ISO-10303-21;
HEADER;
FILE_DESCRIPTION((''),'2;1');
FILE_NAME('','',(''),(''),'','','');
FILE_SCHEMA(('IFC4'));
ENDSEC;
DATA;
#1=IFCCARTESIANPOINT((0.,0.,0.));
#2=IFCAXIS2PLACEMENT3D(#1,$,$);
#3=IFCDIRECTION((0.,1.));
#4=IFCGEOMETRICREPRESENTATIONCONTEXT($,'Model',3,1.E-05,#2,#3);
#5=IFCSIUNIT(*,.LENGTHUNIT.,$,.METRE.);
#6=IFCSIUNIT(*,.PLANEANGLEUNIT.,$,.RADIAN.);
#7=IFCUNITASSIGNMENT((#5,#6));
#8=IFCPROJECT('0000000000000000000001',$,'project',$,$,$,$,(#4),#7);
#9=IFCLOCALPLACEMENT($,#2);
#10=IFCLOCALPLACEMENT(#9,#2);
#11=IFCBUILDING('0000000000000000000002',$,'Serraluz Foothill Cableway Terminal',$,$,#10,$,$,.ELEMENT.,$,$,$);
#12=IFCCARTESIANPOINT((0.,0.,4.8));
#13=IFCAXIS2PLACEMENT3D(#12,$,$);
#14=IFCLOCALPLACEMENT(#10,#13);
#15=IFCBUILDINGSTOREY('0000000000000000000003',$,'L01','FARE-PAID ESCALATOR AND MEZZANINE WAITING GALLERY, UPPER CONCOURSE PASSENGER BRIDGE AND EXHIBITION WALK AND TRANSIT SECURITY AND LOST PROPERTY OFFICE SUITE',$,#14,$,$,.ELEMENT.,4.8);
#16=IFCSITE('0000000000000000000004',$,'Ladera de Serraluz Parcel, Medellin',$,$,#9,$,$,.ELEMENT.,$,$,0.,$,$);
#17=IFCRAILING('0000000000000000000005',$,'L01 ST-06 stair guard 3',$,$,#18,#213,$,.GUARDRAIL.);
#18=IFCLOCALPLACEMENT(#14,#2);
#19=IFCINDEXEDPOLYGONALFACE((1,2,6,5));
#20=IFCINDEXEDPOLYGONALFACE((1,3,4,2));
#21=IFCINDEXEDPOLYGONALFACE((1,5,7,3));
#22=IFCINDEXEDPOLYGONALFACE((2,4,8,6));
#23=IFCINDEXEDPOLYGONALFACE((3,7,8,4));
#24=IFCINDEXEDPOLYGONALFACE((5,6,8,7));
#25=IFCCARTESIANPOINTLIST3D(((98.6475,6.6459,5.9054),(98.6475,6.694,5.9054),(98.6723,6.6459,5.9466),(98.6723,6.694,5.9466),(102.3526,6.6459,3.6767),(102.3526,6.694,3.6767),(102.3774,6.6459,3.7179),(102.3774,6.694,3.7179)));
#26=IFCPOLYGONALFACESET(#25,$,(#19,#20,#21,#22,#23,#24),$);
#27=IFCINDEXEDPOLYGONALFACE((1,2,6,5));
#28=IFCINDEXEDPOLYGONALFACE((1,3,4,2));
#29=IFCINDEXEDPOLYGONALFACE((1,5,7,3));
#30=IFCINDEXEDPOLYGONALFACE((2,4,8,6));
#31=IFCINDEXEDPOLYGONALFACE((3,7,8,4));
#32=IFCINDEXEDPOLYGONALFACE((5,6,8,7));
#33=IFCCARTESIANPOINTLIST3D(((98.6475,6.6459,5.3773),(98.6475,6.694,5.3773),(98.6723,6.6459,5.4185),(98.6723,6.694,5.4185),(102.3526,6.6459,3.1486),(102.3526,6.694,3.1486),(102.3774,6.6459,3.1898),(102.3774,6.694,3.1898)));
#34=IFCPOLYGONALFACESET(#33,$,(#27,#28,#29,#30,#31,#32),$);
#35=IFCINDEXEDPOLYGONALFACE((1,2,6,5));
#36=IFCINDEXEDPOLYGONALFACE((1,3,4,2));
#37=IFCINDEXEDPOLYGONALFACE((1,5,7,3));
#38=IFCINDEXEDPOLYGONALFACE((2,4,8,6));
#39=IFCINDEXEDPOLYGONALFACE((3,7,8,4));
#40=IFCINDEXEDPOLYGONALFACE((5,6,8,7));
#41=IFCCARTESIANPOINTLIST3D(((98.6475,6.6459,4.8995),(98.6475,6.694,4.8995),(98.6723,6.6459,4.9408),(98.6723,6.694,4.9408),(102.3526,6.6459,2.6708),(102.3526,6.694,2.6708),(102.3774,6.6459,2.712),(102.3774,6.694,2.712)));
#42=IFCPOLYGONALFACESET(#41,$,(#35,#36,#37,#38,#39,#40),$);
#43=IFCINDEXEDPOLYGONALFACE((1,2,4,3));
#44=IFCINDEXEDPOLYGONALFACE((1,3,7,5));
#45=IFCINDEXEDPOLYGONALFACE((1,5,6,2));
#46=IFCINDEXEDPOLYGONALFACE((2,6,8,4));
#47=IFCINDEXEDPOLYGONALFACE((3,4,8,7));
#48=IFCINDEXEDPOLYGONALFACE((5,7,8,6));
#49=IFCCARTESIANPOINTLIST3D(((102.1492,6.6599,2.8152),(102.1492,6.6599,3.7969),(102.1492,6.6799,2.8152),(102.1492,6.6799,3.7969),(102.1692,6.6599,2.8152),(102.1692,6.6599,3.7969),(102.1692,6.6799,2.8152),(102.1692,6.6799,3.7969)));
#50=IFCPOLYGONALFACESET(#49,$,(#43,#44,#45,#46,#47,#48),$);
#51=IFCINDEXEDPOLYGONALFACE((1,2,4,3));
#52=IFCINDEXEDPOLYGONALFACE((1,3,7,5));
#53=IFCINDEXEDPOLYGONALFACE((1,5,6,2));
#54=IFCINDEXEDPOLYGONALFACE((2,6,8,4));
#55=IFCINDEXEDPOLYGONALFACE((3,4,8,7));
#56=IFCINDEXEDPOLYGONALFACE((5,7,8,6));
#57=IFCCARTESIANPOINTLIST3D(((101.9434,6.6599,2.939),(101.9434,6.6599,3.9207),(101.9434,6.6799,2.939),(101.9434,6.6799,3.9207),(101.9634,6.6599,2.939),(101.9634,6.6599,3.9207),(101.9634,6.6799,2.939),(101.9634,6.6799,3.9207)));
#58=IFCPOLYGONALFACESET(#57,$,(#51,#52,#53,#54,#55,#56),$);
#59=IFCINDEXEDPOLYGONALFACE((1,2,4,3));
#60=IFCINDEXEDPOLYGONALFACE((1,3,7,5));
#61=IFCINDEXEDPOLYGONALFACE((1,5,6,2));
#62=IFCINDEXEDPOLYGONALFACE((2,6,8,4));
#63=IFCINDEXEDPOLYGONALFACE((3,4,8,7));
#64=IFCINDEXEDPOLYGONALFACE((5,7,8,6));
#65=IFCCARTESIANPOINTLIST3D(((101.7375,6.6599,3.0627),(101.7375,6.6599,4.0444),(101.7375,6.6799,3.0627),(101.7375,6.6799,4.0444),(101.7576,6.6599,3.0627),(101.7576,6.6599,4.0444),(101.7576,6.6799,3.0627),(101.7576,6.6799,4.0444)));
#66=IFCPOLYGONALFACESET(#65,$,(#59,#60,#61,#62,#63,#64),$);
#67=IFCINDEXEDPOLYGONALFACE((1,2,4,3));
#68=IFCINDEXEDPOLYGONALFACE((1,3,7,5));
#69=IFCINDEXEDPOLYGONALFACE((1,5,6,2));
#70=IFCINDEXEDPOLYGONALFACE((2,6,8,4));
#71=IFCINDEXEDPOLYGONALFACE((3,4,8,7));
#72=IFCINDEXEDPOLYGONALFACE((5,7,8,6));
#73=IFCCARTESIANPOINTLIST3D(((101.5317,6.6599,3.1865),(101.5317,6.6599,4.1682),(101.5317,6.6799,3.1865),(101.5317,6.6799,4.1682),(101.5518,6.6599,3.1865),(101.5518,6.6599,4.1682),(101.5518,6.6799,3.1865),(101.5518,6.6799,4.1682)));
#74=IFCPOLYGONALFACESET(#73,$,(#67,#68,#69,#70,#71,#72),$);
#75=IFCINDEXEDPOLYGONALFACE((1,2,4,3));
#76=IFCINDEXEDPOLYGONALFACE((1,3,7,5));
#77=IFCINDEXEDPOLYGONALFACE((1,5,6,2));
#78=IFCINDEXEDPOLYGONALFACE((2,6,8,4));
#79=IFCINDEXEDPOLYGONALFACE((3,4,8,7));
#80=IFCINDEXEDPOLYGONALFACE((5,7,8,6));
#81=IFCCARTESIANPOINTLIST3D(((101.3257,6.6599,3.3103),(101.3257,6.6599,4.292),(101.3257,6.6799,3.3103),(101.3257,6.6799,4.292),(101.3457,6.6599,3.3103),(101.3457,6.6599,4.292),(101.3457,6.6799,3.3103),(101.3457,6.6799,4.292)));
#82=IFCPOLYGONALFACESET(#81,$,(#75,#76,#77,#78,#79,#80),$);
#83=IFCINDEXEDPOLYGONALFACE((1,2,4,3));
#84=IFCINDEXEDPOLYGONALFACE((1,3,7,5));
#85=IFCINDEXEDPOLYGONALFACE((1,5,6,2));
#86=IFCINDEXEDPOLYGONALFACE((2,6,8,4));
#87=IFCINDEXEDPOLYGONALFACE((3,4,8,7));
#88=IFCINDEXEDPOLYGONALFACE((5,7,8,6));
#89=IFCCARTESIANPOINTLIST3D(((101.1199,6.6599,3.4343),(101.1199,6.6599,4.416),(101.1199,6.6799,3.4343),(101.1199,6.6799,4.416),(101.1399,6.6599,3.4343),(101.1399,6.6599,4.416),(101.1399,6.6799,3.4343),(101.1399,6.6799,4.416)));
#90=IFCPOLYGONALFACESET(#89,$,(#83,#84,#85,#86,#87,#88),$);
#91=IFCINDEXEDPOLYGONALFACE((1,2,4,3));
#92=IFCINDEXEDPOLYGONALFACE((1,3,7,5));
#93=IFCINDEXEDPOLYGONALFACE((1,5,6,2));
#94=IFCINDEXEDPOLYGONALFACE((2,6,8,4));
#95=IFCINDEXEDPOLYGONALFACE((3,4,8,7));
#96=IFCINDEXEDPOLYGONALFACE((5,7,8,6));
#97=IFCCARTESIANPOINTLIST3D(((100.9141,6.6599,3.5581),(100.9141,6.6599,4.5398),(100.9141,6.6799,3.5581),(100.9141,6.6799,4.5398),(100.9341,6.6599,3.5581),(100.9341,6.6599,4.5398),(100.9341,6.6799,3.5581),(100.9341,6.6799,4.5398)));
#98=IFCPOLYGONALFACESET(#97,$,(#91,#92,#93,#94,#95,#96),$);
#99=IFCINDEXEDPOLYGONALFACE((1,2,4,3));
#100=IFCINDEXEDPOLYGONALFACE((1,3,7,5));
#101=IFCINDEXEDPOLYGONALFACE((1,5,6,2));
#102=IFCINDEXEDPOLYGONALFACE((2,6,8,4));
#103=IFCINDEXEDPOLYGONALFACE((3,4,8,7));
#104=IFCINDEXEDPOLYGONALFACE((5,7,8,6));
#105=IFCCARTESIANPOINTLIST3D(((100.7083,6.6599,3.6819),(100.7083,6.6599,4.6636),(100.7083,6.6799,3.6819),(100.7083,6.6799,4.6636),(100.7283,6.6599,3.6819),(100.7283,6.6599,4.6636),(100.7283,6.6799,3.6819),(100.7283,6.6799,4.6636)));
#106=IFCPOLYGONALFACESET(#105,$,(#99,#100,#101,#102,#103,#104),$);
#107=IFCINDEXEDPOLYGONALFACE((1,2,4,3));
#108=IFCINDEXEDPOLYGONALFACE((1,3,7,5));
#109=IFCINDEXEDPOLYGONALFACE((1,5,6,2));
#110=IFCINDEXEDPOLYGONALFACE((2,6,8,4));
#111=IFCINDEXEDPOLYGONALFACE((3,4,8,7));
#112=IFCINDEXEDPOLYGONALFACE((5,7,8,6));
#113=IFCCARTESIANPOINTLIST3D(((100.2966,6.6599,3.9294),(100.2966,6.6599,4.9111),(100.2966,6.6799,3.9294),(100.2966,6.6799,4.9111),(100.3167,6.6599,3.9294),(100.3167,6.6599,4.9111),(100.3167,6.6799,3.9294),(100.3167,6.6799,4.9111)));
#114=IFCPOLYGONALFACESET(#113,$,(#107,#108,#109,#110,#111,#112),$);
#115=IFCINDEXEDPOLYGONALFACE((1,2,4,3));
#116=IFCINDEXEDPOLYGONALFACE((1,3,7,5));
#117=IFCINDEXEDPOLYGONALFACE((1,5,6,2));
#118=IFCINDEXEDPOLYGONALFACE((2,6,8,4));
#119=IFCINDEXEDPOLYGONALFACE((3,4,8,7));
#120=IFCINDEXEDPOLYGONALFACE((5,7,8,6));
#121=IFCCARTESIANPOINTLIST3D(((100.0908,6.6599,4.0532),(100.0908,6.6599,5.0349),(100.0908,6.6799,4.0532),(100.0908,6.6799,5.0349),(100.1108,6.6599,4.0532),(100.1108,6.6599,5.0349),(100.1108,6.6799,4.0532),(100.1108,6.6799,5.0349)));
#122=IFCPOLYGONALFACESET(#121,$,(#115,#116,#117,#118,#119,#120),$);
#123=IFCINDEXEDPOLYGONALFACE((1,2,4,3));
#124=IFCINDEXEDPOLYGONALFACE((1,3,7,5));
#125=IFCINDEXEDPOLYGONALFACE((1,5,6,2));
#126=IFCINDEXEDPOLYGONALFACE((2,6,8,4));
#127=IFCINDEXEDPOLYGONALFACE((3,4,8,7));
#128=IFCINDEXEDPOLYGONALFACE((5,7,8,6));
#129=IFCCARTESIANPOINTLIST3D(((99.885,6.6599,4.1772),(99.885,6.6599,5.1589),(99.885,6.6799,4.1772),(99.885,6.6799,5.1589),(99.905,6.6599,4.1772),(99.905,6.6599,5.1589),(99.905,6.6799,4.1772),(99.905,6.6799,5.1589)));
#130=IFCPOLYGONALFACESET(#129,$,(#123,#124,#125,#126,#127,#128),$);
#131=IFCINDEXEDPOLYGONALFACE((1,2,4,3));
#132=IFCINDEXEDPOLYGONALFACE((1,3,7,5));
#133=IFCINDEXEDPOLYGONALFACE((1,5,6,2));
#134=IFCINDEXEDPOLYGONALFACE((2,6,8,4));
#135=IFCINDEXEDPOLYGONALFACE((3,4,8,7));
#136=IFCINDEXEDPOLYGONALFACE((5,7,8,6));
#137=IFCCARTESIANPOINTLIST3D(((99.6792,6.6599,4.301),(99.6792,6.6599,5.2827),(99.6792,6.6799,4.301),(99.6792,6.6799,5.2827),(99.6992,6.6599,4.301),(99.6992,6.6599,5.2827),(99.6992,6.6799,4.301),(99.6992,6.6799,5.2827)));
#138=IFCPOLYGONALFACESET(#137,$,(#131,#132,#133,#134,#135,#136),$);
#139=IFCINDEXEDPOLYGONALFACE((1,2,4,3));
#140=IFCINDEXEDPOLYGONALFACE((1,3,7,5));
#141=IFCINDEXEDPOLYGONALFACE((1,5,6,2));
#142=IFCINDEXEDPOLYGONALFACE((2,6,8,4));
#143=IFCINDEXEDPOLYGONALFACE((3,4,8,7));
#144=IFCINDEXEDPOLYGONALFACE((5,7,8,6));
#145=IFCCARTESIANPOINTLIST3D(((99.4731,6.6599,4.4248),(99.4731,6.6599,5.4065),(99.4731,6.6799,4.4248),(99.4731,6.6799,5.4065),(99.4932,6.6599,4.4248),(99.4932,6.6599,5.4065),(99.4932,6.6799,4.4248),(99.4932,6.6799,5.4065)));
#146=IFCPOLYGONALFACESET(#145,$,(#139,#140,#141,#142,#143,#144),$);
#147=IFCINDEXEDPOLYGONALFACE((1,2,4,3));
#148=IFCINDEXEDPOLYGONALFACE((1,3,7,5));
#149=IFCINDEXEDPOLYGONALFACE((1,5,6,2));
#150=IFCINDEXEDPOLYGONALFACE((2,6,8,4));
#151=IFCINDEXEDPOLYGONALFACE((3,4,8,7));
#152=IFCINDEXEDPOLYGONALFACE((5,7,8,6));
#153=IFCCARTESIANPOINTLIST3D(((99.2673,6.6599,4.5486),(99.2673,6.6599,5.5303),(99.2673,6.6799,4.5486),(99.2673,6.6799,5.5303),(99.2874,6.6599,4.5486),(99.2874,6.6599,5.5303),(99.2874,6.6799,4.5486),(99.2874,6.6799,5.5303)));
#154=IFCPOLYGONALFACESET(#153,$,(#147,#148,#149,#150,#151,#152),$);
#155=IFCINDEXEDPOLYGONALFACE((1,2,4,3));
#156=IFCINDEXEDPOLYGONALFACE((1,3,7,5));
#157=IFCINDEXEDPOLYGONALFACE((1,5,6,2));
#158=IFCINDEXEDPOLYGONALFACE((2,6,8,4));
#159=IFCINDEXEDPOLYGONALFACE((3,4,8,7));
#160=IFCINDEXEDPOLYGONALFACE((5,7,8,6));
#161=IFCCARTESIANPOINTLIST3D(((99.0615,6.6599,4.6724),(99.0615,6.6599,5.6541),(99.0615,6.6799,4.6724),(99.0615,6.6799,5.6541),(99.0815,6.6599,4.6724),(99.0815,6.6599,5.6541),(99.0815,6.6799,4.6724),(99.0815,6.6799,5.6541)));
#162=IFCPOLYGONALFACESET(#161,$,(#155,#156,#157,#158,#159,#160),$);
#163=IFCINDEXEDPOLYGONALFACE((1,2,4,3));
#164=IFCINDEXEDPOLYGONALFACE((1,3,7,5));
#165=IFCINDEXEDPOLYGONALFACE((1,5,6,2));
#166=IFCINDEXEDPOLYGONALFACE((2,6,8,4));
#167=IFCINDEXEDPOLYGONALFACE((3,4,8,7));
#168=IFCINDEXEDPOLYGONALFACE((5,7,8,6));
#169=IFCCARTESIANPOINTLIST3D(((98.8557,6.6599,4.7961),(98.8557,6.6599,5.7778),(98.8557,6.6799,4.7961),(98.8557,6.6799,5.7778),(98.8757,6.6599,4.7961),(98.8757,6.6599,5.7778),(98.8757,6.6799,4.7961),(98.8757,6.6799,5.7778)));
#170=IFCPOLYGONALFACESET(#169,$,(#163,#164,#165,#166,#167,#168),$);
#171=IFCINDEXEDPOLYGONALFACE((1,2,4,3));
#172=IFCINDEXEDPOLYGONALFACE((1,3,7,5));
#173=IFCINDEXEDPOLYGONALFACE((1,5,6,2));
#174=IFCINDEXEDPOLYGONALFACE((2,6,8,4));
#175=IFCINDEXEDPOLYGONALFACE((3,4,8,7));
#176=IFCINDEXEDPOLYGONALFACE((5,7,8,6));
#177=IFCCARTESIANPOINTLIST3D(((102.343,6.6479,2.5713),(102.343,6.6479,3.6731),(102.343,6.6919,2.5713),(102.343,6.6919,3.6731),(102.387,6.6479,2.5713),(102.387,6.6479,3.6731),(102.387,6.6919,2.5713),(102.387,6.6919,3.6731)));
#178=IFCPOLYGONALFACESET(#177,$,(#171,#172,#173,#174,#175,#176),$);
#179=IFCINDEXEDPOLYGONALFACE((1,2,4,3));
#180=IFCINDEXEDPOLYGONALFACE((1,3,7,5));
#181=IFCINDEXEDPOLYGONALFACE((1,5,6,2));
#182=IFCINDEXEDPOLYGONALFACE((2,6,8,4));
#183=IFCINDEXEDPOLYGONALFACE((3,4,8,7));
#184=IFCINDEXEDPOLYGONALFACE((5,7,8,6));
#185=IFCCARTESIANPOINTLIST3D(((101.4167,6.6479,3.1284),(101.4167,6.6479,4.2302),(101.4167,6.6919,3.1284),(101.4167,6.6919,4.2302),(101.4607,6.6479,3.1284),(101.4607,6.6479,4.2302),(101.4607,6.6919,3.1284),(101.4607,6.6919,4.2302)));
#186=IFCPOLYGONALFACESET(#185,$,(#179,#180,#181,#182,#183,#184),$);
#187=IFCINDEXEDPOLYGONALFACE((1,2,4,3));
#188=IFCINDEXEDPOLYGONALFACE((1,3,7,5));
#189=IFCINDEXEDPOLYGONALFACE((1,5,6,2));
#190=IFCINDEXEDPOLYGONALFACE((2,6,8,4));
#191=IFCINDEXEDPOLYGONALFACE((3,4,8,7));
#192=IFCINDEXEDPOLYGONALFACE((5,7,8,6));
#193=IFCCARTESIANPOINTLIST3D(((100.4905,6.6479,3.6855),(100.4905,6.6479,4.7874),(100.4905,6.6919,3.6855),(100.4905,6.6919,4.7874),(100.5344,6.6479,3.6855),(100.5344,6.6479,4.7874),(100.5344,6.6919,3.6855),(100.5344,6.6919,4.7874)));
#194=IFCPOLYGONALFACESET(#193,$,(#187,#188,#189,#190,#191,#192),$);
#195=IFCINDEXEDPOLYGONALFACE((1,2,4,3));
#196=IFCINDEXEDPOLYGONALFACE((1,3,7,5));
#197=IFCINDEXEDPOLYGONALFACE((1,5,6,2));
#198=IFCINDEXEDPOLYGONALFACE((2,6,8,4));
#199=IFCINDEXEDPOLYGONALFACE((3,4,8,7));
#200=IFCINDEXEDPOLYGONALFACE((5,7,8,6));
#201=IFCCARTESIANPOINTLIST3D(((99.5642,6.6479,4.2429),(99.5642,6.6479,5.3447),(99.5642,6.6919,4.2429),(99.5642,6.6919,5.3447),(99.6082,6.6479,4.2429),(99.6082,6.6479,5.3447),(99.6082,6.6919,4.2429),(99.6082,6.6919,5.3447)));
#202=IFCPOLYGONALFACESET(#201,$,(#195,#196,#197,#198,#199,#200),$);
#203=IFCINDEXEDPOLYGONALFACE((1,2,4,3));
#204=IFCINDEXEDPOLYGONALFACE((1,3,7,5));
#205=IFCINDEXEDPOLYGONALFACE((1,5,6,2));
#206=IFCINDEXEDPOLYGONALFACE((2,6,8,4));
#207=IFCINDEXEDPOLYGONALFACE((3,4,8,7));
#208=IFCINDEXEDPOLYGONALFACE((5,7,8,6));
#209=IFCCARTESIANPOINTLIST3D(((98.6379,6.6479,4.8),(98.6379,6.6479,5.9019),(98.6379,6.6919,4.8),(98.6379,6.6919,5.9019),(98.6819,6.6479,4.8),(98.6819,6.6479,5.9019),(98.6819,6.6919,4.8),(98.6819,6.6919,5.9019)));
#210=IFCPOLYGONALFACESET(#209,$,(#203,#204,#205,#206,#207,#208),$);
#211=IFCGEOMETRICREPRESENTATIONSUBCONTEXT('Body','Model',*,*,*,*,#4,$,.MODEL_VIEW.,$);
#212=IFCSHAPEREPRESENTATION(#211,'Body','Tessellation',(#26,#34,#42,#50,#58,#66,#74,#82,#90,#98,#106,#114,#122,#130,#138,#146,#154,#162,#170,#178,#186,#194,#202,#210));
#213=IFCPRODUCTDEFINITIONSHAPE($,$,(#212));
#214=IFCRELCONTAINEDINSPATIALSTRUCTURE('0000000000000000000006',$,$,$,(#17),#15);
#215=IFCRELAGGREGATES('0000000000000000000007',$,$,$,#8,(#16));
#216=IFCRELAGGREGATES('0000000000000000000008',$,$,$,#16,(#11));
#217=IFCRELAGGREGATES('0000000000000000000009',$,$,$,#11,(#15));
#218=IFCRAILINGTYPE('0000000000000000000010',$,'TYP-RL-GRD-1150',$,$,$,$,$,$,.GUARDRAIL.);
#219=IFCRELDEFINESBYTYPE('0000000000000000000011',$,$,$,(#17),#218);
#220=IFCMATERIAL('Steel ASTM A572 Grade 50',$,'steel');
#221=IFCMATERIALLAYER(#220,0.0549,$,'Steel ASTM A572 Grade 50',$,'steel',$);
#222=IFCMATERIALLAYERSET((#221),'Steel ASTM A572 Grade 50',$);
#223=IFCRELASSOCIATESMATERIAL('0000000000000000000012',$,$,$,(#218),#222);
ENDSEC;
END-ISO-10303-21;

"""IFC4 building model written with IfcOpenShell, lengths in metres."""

from ifc_helpers import new_model, si_unit, direction, frame, origin, origin_2d, place, context, subcontext, project, spatial, rectangle, extrude, material, layer, layer_set, type_object, element, save


model = new_model("IFC4")

# Units and contexts
model_context = context("Model", 3, precision=1e-05, world=origin(), true_north=direction((0.0, 1.0)))
body_context = subcontext(model_context, "Body", "Model", "MODEL_VIEW")
ifc_project = project(units=[si_unit("LENGTHUNIT", "METRE"), si_unit("PLANEANGLEUNIT", "RADIAN")], contexts=[model_context])

# Site, building, storey
site_placement = place(None, origin())
site = spatial("IfcSite", under=ifc_project, at=site_placement, Name="Ladera de Serraluz Parcel, Medellin", CompositionType="ELEMENT", RefElevation=0.0)
building_placement = place(site_placement, origin())
building = spatial("IfcBuilding", under=site, at=building_placement, Name="Serraluz Foothill Cableway Terminal", CompositionType="ELEMENT")
storey_placement = place(building_placement, frame((0.0, 0.0, 4.8)))
storey = spatial("IfcBuildingStorey", under=building, at=storey_placement, Name="L01", Description="FARE-PAID ESCALATOR AND MEZZANINE WAITING GALLERY, UPPER CONCOURSE PASSENGER BRIDGE AND EXHIBITION WALK AND TRANSIT SECURITY AND LOST PROPERTY OFFICE SUITE", CompositionType="ELEMENT", Elevation=4.8)

# Railing
ifc_material_1 = material(Name="Steel ASTM A572 Grade 50", Category="steel")
ifc_layer_1 = layer(ifc_material_1, 0.0549, Name="Steel ASTM A572 Grade 50", Category="steel")
ifc_layer_set_1 = layer_set([ifc_layer_1], Name="Steel ASTM A572 Grade 50")
railing_type_1 = type_object("IfcRailingType", Name="TYP-RL-GRD-1150", PredefinedType="GUARDRAIL", material=ifc_layer_set_1)
railing_1_placement = place(storey_placement, frame((102.365, 6.6699, 2.5713)))
element("IfcRailing", 1, at=railing_1_placement, inside=storey, type_object=railing_type_1, Name="L01 ST-06 stair guard 3", PredefinedType="GUARDRAIL", context=body_context, shape_type="SweptSolid", body=[
    extrude(rectangle(XDim=0.0481, YDim=0.0481, at=origin_2d()), frame((0.0, 0.0, 1.126), z_axis=(-0.856909, 0.0, 0.515467), x_axis=(0.0, -1.0, 0.0)), (0.0, 0.0, 1.0), 4.3237),
    extrude(rectangle(XDim=0.0481, YDim=0.0481, at=origin_2d()), frame((0.0, 0.0, 0.5979), z_axis=(-0.856909, 0.0, 0.515467), x_axis=(0.0, -1.0, 0.0)), (0.0, 0.0, 1.0), 4.3237),
    extrude(rectangle(XDim=0.0481, YDim=0.0481, at=origin_2d()), frame((0.0, 0.0, 0.1201), z_axis=(-0.856909, 0.0, 0.515467), x_axis=(0.0, -1.0, 0.0)), (0.0, 0.0, 1.0), 4.3237),
    extrude(rectangle(XDim=0.02, YDim=0.02, at=origin_2d()), frame((-0.2058, 0.0, 0.2439)), (0.0, 0.0, 1.0), 0.9817),
    extrude(rectangle(XDim=0.02, YDim=0.02, at=origin_2d()), frame((-0.4116, 0.0, 0.3677)), (0.0, 0.0, 1.0), 0.9817),
    extrude(rectangle(XDim=0.02, YDim=0.02, at=origin_2d()), frame((-0.6174, 0.0, 0.4915)), (0.0, 0.0, 1.0), 0.9817),
    extrude(rectangle(XDim=0.02, YDim=0.02, at=origin_2d()), frame((-0.8232, 0.0, 0.6152)), (0.0, 0.0, 1.0), 0.9817),
    extrude(rectangle(XDim=0.02, YDim=0.02, at=origin_2d()), frame((-1.0293, 0.0, 0.739)), (0.0, 0.0, 1.0), 0.9817),
    extrude(rectangle(XDim=0.02, YDim=0.02, at=origin_2d()), frame((-1.2351, 0.0, 0.863)), (0.0, 0.0, 1.0), 0.9817),
    extrude(rectangle(XDim=0.02, YDim=0.02, at=origin_2d()), frame((-1.4409, 0.0, 0.9868)), (0.0, 0.0, 1.0), 0.9817),
    extrude(rectangle(XDim=0.02, YDim=0.02, at=origin_2d()), frame((-1.6467, 0.0, 1.1106)), (0.0, 0.0, 1.0), 0.9817),
    extrude(rectangle(XDim=0.02, YDim=0.02, at=origin_2d()), frame((-2.0583, 0.0, 1.3582)), (0.0, 0.0, 1.0), 0.9817),
    extrude(rectangle(XDim=0.02, YDim=0.02, at=origin_2d()), frame((-2.2642, 0.0, 1.4819)), (0.0, 0.0, 1.0), 0.9817),
    extrude(rectangle(XDim=0.02, YDim=0.02, at=origin_2d()), frame((-2.47, 0.0, 1.606)), (0.0, 0.0, 1.0), 0.9817),
    extrude(rectangle(XDim=0.02, YDim=0.02, at=origin_2d()), frame((-2.6758, 0.0, 1.7297)), (0.0, 0.0, 1.0), 0.9817),
    extrude(rectangle(XDim=0.02, YDim=0.02, at=origin_2d()), frame((-2.8818, 0.0, 1.8535)), (0.0, 0.0, 1.0), 0.9817),
    extrude(rectangle(XDim=0.02, YDim=0.02, at=origin_2d()), frame((-3.0876, 0.0, 1.9773)), (0.0, 0.0, 1.0), 0.9817),
    extrude(rectangle(XDim=0.02, YDim=0.02, at=origin_2d()), frame((-3.2935, 0.0, 2.1011)), (0.0, 0.0, 1.0), 0.9817),
    extrude(rectangle(XDim=0.02, YDim=0.02, at=origin_2d()), frame((-3.4993, 0.0, 2.2249)), (0.0, 0.0, 1.0), 0.9817),
    extrude(rectangle(XDim=0.0439, YDim=0.0439, at=origin_2d()), origin(), (0.0, 0.0, 1.0), 1.1018),
    extrude(rectangle(XDim=0.0439, YDim=0.0439, at=origin_2d()), frame((-0.9263, 0.0, 0.5571)), (0.0, 0.0, 1.0), 1.1018),
    extrude(rectangle(XDim=0.0439, YDim=0.0439, at=origin_2d()), frame((-1.8525, 0.0, 1.1143)), (0.0, 0.0, 1.0), 1.1018),
    extrude(rectangle(XDim=0.0439, YDim=0.0439, at=origin_2d()), frame((-2.7788, 0.0, 1.6716)), (0.0, 0.0, 1.0), 1.1018),
    extrude(rectangle(XDim=0.0439, YDim=0.0439, at=origin_2d()), frame((-3.7051, 0.0, 2.2288)), (0.0, 0.0, 1.0), 1.1018),
])

save(model, "model.ifc")
